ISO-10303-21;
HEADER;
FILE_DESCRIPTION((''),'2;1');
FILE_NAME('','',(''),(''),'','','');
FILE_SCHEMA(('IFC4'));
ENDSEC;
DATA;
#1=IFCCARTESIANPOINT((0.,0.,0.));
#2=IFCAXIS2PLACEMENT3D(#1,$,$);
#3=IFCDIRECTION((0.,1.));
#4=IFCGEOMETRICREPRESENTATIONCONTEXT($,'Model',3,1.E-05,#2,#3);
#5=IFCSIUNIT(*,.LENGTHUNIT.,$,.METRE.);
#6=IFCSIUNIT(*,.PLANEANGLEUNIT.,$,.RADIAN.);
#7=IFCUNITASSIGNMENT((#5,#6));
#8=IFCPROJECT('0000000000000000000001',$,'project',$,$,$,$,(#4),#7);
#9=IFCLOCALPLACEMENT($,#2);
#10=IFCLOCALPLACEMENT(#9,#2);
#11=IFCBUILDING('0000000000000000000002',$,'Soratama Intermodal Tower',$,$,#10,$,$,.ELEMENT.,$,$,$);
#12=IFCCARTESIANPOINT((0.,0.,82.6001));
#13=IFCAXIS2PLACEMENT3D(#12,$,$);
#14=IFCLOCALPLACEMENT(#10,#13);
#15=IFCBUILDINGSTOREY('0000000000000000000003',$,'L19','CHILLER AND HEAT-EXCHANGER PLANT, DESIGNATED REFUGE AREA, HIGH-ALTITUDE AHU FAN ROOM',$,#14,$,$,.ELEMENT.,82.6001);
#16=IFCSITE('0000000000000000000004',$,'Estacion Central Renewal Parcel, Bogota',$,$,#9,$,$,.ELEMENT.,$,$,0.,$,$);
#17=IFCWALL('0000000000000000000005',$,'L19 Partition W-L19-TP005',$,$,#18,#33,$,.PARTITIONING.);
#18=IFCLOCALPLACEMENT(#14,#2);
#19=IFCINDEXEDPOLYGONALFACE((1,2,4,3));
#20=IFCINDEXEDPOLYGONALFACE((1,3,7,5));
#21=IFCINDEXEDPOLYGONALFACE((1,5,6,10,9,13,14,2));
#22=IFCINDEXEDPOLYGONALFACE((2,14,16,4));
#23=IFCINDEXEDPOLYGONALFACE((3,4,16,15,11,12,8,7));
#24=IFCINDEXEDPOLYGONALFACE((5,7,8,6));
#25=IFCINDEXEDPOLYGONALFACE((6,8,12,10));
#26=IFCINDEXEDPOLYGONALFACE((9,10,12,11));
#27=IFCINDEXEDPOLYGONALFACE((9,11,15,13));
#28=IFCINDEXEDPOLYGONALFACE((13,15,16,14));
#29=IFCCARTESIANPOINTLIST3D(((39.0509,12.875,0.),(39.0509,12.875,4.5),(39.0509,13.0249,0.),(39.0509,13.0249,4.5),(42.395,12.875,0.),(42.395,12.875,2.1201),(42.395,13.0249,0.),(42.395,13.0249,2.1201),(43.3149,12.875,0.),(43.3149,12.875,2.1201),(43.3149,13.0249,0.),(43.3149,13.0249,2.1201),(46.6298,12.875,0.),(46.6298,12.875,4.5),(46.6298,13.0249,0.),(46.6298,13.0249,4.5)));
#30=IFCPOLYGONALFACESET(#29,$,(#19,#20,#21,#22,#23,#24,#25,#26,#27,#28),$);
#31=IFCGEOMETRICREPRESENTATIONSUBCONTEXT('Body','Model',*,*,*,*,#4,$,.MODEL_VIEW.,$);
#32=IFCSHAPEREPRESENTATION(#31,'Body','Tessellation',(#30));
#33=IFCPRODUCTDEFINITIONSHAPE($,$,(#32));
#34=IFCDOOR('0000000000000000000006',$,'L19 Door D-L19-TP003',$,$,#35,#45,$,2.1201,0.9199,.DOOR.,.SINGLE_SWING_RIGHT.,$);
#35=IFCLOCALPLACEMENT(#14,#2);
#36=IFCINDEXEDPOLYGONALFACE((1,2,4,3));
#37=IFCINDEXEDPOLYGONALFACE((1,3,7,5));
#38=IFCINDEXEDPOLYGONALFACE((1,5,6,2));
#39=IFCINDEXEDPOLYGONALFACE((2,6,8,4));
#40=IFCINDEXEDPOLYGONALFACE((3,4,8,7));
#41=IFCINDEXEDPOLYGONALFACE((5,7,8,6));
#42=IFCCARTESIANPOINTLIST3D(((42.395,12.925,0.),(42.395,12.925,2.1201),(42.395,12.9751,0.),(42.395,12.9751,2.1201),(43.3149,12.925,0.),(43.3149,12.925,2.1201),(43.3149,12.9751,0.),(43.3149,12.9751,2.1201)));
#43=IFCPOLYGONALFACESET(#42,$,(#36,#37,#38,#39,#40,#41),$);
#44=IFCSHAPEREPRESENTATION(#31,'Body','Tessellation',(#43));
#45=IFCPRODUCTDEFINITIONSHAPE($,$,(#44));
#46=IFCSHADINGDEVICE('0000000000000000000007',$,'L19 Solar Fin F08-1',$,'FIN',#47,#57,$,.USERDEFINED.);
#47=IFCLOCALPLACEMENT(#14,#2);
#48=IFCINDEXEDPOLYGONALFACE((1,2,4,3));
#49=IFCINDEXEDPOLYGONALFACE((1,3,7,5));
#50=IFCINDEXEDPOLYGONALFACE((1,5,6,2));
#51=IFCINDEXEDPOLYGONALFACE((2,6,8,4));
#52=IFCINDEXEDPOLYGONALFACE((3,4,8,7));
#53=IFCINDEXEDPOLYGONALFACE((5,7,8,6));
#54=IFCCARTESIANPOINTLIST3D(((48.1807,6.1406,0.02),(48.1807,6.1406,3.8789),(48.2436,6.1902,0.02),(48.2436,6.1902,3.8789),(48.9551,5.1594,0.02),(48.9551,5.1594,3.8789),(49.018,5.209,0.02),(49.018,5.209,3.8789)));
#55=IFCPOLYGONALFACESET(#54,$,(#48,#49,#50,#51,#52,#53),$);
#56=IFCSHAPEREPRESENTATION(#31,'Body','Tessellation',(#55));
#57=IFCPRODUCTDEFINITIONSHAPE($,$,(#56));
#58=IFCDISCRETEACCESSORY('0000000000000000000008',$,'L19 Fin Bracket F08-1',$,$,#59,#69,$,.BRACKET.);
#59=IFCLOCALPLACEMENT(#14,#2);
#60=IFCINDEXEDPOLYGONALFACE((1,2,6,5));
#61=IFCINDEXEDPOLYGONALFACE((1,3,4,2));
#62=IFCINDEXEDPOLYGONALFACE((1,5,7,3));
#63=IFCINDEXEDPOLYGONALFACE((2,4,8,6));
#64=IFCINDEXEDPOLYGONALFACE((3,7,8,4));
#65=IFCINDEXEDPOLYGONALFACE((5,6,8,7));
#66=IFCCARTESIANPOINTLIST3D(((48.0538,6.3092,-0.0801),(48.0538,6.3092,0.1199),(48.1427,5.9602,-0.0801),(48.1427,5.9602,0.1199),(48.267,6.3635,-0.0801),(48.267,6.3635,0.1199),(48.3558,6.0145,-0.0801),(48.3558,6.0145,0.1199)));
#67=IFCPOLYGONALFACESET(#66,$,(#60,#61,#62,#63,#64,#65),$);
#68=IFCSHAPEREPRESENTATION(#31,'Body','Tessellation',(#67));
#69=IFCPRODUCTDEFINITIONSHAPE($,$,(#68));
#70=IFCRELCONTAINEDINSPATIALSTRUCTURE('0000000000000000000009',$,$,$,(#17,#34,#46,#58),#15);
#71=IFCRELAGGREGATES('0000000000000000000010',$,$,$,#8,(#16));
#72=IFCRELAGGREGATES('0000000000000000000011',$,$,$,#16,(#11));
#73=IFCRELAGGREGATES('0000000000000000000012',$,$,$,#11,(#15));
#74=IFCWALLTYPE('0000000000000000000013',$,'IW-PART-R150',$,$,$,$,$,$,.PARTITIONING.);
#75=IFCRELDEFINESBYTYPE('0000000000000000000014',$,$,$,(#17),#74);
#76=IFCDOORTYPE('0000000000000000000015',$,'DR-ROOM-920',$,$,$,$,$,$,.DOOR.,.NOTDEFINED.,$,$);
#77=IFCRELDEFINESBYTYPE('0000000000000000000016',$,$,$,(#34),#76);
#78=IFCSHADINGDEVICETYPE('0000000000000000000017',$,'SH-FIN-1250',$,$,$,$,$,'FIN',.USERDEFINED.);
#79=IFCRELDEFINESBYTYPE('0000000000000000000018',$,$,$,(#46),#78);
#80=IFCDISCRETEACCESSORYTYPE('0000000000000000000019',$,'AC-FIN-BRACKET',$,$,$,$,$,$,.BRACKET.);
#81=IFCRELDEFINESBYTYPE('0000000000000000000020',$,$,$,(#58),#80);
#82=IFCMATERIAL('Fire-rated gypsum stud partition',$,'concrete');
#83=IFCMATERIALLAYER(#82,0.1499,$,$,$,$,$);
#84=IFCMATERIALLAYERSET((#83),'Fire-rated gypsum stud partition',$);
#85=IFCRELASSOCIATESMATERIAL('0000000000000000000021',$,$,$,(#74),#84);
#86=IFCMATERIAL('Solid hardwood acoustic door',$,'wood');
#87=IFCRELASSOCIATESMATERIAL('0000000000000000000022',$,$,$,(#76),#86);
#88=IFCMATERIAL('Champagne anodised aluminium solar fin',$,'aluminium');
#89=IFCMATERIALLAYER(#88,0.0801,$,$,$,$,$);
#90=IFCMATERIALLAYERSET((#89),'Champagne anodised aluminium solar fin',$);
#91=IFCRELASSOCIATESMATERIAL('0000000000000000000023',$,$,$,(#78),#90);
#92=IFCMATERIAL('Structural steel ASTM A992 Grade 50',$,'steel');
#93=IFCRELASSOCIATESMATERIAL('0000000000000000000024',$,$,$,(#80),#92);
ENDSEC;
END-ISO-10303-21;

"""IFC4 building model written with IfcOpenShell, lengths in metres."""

from ifc_helpers import new_model, si_unit, direction, frame, frame_2d, origin, origin_2d, place, context, subcontext, project, spatial, rectangle, extrude, material, layer, layer_set, type_object, element, fill, save


model = new_model("IFC4")

# Units and contexts
model_context = context("Model", 3, precision=1e-05, world=origin(), true_north=direction((0.0, 1.0)))
body_context = subcontext(model_context, "Body", "Model", "MODEL_VIEW")
ifc_project = project(units=[si_unit("LENGTHUNIT", "METRE"), si_unit("PLANEANGLEUNIT", "RADIAN")], contexts=[model_context])

# Site, building, storey
site_placement = place(None, origin())
site = spatial("IfcSite", under=ifc_project, at=site_placement, Name="Estacion Central Renewal Parcel, Bogota", CompositionType="ELEMENT", RefElevation=0.0)
building_placement = place(site_placement, origin())
building = spatial("IfcBuilding", under=site, at=building_placement, Name="Soratama Intermodal Tower", CompositionType="ELEMENT")
storey_placement = place(building_placement, frame((0.0, 0.0, 82.6001)))
storey = spatial("IfcBuildingStorey", under=building, at=storey_placement, Name="L19", Description="CHILLER AND HEAT-EXCHANGER PLANT, DESIGNATED REFUGE AREA, HIGH-ALTITUDE AHU FAN ROOM", CompositionType="ELEMENT", Elevation=82.6001)

# Wall, opening, door
ifc_material_1 = material(Name="Fire-rated gypsum stud partition", Category="concrete")
ifc_layer_1 = layer(ifc_material_1, 0.1499)
ifc_layer_set_1 = layer_set([ifc_layer_1], Name="Fire-rated gypsum stud partition")
wall_type_1 = type_object("IfcWallType", Name="IW-PART-R150", PredefinedType="PARTITIONING", material=ifc_layer_set_1)
wall_1_placement = place(storey_placement, frame((46.6299, 12.95, 0.0), z_axis=(0.0, 0.0, 1.0), x_axis=(-1.0, 0.0, 0.0)))
wall_1 = element("IfcWall", 1, at=wall_1_placement, inside=storey, type_object=wall_type_1, Name="L19 Partition W-L19-TP005", PredefinedType="PARTITIONING", context=body_context, shape_type="SweptSolid", body=[
    extrude(rectangle(XDim=7.5789, YDim=0.1499, at=frame_2d((3.7896, 0.0))), origin(), (0.0, 0.0, 1.0), 4.5),
])
opening_placement = place(wall_1_placement, frame((3.3149, 0.0, 0.0)))
opening = element("IfcOpeningElement", 2, at=opening_placement, cuts=wall_1, PredefinedType="OPENING", context=body_context, shape_type="SweptSolid", body=[
    extrude(rectangle(XDim=0.9199, YDim=2.1201, at=frame_2d((0.46, 1.0601))), frame((0.0, 0.085, 0.0), z_axis=(0.0, -1.0, 0.0), x_axis=(1.0, 0.0, 0.0)), (0.0, 0.0, 1.0), 0.1699),
])
ifc_material_2 = material(Name="Solid hardwood acoustic door", Category="wood")
door_type = type_object("IfcDoorType", Name="DR-ROOM-920", OperationType="NOTDEFINED", PredefinedType="DOOR", material=ifc_material_2)
door_placement = place(opening_placement, origin())
door = element("IfcDoor", 3, at=door_placement, inside=storey, type_object=door_type, Name="L19 Door D-L19-TP003", OperationType="SINGLE_SWING_RIGHT", OverallHeight=2.1201, OverallWidth=0.9199, PredefinedType="DOOR", context=body_context, shape_type="SweptSolid", body=[
    extrude(rectangle(XDim=0.9199, YDim=2.1201, at=frame_2d((0.46, 1.0601))), frame((0.0, 0.0249, 0.0), z_axis=(0.0, -1.0, 0.0), x_axis=(1.0, 0.0, 0.0)), (0.0, 0.0, 1.0), 0.05),
])
fill(opening, door)

# Shading device
ifc_material_3 = material(Name="Champagne anodised aluminium solar fin", Category="aluminium")
ifc_layer_2 = layer(ifc_material_3, 0.0801)
ifc_layer_set_2 = layer_set([ifc_layer_2], Name="Champagne anodised aluminium solar fin")
shading_device_type = type_object("IfcShadingDeviceType", Name="SH-FIN-1250", ElementType="FIN", PredefinedType="USERDEFINED", material=ifc_layer_set_2)
shading_device_placement = place(storey_placement, frame((48.5994, 5.6748, 0.02), z_axis=(0.0, 0.0, 1.0), x_axis=(0.619505, -0.784993, 0.0)))
element("IfcShadingDevice", 4, at=shading_device_placement, inside=storey, type_object=shading_device_type, Name="L19 Solar Fin F08-1", ObjectType="FIN", PredefinedType="USERDEFINED", context=body_context, shape_type="SweptSolid", body=[
    extrude(rectangle(XDim=1.25, YDim=0.0801, at=origin_2d()), origin(), (0.0, 0.0, 1.0), 3.8589),
])

# Discrete accessory
ifc_material_4 = material(Name="Structural steel ASTM A992 Grade 50", Category="steel")
discrete_accessory_type = type_object("IfcDiscreteAccessoryType", Name="AC-FIN-BRACKET", PredefinedType="BRACKET", material=ifc_material_4)
discrete_accessory_placement = place(storey_placement, frame((48.2048, 6.1619, -0.0801), z_axis=(0.0, 0.0, 1.0), x_axis=(0.246661, -0.969102, 0.0)))
element("IfcDiscreteAccessory", 5, at=discrete_accessory_placement, inside=storey, type_object=discrete_accessory_type, Name="L19 Fin Bracket F08-1", PredefinedType="BRACKET", context=body_context, shape_type="SweptSolid", body=[
    extrude(rectangle(XDim=0.3601, YDim=0.22, at=origin_2d()), origin(), (0.0, 0.0, 1.0), 0.2),
])

save(model, "model.ifc")
